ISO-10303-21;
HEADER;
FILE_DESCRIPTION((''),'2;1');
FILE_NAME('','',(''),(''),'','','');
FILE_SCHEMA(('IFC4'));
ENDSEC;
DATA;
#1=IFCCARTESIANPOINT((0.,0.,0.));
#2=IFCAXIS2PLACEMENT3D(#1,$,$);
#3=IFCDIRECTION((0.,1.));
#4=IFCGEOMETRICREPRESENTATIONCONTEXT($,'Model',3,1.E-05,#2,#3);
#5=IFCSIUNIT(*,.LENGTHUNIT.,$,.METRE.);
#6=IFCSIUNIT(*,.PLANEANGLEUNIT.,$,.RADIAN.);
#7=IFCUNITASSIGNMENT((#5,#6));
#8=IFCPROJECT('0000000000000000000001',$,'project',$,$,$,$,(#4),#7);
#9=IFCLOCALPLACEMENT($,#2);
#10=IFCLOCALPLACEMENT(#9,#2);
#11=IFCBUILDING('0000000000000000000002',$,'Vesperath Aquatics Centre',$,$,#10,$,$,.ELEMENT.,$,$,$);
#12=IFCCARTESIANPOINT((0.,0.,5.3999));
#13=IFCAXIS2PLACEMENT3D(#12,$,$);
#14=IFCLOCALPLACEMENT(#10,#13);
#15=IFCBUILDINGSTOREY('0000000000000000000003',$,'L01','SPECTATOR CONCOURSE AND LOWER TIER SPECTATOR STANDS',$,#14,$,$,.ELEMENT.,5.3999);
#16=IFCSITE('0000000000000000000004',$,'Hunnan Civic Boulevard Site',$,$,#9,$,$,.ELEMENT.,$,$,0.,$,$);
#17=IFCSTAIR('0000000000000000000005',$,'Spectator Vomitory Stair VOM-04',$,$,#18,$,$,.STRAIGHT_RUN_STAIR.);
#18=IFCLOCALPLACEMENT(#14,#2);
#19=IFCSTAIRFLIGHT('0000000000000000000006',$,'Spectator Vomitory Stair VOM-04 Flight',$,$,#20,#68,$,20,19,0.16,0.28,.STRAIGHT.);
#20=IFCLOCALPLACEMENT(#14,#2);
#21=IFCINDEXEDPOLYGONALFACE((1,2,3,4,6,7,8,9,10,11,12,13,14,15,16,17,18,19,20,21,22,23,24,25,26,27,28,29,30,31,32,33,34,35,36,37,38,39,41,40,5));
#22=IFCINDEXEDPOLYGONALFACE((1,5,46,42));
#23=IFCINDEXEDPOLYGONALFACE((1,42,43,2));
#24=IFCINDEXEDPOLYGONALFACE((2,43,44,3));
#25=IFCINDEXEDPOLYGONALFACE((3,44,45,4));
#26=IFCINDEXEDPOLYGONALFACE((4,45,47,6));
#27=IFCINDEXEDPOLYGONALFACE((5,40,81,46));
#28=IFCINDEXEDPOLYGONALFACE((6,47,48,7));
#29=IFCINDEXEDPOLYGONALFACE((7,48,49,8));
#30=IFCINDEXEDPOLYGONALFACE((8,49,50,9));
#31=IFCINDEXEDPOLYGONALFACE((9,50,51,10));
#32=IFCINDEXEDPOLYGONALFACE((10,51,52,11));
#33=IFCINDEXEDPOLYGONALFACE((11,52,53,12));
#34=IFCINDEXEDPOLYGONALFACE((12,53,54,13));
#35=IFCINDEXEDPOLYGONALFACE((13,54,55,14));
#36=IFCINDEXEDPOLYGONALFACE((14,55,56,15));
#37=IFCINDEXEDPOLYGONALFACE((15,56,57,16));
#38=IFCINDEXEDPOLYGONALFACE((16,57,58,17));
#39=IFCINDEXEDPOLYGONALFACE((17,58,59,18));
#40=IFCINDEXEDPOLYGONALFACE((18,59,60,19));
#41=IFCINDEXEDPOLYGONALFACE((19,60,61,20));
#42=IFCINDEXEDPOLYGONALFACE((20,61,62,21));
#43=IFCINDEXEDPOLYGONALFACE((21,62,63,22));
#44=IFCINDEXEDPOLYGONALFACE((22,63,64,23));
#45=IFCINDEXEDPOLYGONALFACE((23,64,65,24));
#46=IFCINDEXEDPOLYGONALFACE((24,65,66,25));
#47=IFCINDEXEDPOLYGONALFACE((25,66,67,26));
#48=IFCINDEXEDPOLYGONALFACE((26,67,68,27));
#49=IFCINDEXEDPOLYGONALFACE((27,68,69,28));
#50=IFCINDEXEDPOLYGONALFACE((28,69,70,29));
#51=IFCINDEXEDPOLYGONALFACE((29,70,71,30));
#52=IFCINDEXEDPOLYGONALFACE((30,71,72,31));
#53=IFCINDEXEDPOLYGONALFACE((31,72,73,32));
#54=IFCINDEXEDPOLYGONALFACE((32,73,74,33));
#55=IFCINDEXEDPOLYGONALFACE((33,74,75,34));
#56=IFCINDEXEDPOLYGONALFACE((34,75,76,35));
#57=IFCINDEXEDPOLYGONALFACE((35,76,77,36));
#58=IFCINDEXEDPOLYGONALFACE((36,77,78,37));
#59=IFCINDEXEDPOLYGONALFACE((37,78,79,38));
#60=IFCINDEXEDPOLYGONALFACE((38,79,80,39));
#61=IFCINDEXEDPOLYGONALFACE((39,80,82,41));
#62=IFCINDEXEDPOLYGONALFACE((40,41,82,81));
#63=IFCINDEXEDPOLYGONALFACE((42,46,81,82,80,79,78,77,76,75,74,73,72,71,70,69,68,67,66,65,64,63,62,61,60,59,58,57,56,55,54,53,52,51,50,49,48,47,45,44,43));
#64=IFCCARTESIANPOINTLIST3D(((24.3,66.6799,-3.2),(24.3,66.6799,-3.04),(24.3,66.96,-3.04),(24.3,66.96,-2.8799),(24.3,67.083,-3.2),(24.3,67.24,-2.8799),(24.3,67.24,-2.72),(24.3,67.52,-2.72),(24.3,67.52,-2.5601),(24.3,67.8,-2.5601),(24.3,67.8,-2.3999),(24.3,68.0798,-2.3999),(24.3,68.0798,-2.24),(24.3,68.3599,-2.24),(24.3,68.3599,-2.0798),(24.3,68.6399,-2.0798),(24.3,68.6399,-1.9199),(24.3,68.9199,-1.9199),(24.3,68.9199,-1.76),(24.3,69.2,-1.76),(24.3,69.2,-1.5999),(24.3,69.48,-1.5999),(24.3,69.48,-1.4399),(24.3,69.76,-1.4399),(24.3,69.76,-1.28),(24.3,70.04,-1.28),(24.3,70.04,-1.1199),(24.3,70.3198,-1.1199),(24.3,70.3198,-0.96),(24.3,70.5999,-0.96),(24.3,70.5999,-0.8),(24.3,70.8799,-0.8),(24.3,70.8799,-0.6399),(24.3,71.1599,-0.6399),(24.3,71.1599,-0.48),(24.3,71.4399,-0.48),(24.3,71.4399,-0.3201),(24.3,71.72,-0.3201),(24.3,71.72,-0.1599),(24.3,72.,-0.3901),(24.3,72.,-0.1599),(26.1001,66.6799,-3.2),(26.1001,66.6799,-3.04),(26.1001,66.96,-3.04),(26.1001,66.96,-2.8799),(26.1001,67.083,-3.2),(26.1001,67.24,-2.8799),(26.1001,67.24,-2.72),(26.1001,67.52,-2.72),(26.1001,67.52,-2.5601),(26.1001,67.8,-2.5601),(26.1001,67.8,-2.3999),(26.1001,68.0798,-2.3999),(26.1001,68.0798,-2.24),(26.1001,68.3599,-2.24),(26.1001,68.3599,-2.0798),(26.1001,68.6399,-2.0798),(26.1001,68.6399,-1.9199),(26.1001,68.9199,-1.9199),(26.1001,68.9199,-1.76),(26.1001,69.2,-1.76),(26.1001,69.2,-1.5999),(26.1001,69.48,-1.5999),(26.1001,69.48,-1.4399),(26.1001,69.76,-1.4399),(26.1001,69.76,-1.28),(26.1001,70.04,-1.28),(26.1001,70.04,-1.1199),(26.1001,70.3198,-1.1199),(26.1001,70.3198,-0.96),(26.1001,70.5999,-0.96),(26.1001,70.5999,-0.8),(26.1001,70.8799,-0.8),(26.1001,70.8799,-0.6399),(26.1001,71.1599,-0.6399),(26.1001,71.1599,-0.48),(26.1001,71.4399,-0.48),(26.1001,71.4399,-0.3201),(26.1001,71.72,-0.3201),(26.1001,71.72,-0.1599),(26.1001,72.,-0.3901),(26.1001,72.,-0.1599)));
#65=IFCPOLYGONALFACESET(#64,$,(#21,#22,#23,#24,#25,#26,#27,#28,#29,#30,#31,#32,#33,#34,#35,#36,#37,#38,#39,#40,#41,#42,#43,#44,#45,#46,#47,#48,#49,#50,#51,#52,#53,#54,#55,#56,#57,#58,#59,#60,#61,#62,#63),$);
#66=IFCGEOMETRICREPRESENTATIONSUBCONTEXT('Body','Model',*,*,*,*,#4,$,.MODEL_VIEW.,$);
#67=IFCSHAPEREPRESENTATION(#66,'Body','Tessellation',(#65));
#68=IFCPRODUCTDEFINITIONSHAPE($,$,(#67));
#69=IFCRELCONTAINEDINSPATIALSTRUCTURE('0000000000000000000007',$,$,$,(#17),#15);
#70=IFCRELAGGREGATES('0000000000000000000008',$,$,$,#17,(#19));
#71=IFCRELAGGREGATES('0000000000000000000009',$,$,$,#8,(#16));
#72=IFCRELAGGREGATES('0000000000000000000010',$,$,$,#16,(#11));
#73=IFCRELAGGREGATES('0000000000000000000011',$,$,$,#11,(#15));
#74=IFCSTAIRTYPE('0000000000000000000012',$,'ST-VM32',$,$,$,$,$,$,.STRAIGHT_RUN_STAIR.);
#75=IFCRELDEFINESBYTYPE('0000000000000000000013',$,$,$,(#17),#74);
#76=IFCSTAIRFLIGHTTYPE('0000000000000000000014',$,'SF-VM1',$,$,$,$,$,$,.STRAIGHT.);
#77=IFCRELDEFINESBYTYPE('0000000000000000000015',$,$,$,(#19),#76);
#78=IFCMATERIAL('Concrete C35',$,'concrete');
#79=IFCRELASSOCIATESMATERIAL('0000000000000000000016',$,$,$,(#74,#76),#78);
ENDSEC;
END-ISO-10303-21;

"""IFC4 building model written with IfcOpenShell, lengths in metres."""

from ifc_helpers import new_model, si_unit, direction, frame, origin, place, context, subcontext, project, spatial, polyline, outline, extrude, material, type_object, element, aggregate, save


model = new_model("IFC4")

# Units and contexts
model_context = context("Model", 3, precision=1e-05, world=origin(), true_north=direction((0.0, 1.0)))
body_context = subcontext(model_context, "Body", "Model", "MODEL_VIEW")
ifc_project = project(units=[si_unit("LENGTHUNIT", "METRE"), si_unit("PLANEANGLEUNIT", "RADIAN")], contexts=[model_context])

# Site, building, storey
site_placement = place(None, origin())
site = spatial("IfcSite", under=ifc_project, at=site_placement, Name="Hunnan Civic Boulevard Site", CompositionType="ELEMENT", RefElevation=0.0)
building_placement = place(site_placement, origin())
building = spatial("IfcBuilding", under=site, at=building_placement, Name="Vesperath Aquatics Centre", CompositionType="ELEMENT")
storey_placement = place(building_placement, frame((0.0, 0.0, 5.3999)))
storey = spatial("IfcBuildingStorey", under=building, at=storey_placement, Name="L01", Description="SPECTATOR CONCOURSE AND LOWER TIER SPECTATOR STANDS", CompositionType="ELEMENT", Elevation=5.3999)

# Shared definitions
ifc_material_1 = material(Name="Concrete C35", Category="concrete")

# Stair, stair flight
stair_type = type_object("IfcStairType", Name="ST-VM32", PredefinedType="STRAIGHT_RUN_STAIR", material=ifc_material_1)
stair_placement = place(storey_placement, origin())
stair = element("IfcStair", 1, at=stair_placement, inside=storey, type_object=stair_type, Name="Spectator Vomitory Stair VOM-04", PredefinedType="STRAIGHT_RUN_STAIR")
stair_flight_type = type_object("IfcStairFlightType", Name="SF-VM1", PredefinedType="STRAIGHT", material=ifc_material_1)
stair_flight_placement = place(storey_placement, frame((25.2, 66.6799, -3.2), z_axis=(0.0, 0.0, 1.0), x_axis=(0.0, 1.0, 0.0)))
stair_flight = element("IfcStairFlight", 2, at=stair_flight_placement, type_object=stair_flight_type, Name="Spectator Vomitory Stair VOM-04 Flight", NumberOfRisers=20, NumberOfTreads=19, PredefinedType="STRAIGHT", RiserHeight=0.16, TreadLength=0.28, context=body_context, shape_type="SweptSolid", body=[
    extrude(outline(polyline([(0.0, 0.0), (0.0, 0.1599), (0.28, 0.1599), (0.28, 0.3201), (0.5601, 0.3201), (0.5601, 0.48), (0.8401, 0.48), (0.8401, 0.6399), (1.1201, 0.6399), (1.1201, 0.8), (1.3999, 0.8), (1.3999, 0.96), (1.6799, 0.96), (1.6799, 1.1201), (1.96, 1.1201), (1.96, 1.28), (2.24, 1.28), (2.24, 1.4399), (2.52, 1.4399), (2.52, 1.6001), (2.8, 1.6001), (2.8, 1.76), (3.0801, 1.76), (3.0801, 1.9199), (3.3601, 1.9199), (3.3601, 2.0801), (3.6399, 2.0801), (3.6399, 2.24), (3.9199, 2.24), (3.9199, 2.3999), (4.2, 2.3999), (4.2, 2.5601), (4.48, 2.5601), (4.48, 2.72), (4.76, 2.72), (4.76, 2.8799), (5.04, 2.8799), (5.04, 3.04), (5.3201, 3.04), (5.3201, 3.2), (5.3201, 2.8098), (0.4031, 0.0), (0.0, 0.0)])), frame((0.0, 0.8999, 0.0), z_axis=(0.0, -1.0, 0.0), x_axis=(1.0, 0.0, 0.0)), (0.0, 0.0, 1.0), 1.8),
])
aggregate(stair, [stair_flight])

save(model, "model.ifc")
